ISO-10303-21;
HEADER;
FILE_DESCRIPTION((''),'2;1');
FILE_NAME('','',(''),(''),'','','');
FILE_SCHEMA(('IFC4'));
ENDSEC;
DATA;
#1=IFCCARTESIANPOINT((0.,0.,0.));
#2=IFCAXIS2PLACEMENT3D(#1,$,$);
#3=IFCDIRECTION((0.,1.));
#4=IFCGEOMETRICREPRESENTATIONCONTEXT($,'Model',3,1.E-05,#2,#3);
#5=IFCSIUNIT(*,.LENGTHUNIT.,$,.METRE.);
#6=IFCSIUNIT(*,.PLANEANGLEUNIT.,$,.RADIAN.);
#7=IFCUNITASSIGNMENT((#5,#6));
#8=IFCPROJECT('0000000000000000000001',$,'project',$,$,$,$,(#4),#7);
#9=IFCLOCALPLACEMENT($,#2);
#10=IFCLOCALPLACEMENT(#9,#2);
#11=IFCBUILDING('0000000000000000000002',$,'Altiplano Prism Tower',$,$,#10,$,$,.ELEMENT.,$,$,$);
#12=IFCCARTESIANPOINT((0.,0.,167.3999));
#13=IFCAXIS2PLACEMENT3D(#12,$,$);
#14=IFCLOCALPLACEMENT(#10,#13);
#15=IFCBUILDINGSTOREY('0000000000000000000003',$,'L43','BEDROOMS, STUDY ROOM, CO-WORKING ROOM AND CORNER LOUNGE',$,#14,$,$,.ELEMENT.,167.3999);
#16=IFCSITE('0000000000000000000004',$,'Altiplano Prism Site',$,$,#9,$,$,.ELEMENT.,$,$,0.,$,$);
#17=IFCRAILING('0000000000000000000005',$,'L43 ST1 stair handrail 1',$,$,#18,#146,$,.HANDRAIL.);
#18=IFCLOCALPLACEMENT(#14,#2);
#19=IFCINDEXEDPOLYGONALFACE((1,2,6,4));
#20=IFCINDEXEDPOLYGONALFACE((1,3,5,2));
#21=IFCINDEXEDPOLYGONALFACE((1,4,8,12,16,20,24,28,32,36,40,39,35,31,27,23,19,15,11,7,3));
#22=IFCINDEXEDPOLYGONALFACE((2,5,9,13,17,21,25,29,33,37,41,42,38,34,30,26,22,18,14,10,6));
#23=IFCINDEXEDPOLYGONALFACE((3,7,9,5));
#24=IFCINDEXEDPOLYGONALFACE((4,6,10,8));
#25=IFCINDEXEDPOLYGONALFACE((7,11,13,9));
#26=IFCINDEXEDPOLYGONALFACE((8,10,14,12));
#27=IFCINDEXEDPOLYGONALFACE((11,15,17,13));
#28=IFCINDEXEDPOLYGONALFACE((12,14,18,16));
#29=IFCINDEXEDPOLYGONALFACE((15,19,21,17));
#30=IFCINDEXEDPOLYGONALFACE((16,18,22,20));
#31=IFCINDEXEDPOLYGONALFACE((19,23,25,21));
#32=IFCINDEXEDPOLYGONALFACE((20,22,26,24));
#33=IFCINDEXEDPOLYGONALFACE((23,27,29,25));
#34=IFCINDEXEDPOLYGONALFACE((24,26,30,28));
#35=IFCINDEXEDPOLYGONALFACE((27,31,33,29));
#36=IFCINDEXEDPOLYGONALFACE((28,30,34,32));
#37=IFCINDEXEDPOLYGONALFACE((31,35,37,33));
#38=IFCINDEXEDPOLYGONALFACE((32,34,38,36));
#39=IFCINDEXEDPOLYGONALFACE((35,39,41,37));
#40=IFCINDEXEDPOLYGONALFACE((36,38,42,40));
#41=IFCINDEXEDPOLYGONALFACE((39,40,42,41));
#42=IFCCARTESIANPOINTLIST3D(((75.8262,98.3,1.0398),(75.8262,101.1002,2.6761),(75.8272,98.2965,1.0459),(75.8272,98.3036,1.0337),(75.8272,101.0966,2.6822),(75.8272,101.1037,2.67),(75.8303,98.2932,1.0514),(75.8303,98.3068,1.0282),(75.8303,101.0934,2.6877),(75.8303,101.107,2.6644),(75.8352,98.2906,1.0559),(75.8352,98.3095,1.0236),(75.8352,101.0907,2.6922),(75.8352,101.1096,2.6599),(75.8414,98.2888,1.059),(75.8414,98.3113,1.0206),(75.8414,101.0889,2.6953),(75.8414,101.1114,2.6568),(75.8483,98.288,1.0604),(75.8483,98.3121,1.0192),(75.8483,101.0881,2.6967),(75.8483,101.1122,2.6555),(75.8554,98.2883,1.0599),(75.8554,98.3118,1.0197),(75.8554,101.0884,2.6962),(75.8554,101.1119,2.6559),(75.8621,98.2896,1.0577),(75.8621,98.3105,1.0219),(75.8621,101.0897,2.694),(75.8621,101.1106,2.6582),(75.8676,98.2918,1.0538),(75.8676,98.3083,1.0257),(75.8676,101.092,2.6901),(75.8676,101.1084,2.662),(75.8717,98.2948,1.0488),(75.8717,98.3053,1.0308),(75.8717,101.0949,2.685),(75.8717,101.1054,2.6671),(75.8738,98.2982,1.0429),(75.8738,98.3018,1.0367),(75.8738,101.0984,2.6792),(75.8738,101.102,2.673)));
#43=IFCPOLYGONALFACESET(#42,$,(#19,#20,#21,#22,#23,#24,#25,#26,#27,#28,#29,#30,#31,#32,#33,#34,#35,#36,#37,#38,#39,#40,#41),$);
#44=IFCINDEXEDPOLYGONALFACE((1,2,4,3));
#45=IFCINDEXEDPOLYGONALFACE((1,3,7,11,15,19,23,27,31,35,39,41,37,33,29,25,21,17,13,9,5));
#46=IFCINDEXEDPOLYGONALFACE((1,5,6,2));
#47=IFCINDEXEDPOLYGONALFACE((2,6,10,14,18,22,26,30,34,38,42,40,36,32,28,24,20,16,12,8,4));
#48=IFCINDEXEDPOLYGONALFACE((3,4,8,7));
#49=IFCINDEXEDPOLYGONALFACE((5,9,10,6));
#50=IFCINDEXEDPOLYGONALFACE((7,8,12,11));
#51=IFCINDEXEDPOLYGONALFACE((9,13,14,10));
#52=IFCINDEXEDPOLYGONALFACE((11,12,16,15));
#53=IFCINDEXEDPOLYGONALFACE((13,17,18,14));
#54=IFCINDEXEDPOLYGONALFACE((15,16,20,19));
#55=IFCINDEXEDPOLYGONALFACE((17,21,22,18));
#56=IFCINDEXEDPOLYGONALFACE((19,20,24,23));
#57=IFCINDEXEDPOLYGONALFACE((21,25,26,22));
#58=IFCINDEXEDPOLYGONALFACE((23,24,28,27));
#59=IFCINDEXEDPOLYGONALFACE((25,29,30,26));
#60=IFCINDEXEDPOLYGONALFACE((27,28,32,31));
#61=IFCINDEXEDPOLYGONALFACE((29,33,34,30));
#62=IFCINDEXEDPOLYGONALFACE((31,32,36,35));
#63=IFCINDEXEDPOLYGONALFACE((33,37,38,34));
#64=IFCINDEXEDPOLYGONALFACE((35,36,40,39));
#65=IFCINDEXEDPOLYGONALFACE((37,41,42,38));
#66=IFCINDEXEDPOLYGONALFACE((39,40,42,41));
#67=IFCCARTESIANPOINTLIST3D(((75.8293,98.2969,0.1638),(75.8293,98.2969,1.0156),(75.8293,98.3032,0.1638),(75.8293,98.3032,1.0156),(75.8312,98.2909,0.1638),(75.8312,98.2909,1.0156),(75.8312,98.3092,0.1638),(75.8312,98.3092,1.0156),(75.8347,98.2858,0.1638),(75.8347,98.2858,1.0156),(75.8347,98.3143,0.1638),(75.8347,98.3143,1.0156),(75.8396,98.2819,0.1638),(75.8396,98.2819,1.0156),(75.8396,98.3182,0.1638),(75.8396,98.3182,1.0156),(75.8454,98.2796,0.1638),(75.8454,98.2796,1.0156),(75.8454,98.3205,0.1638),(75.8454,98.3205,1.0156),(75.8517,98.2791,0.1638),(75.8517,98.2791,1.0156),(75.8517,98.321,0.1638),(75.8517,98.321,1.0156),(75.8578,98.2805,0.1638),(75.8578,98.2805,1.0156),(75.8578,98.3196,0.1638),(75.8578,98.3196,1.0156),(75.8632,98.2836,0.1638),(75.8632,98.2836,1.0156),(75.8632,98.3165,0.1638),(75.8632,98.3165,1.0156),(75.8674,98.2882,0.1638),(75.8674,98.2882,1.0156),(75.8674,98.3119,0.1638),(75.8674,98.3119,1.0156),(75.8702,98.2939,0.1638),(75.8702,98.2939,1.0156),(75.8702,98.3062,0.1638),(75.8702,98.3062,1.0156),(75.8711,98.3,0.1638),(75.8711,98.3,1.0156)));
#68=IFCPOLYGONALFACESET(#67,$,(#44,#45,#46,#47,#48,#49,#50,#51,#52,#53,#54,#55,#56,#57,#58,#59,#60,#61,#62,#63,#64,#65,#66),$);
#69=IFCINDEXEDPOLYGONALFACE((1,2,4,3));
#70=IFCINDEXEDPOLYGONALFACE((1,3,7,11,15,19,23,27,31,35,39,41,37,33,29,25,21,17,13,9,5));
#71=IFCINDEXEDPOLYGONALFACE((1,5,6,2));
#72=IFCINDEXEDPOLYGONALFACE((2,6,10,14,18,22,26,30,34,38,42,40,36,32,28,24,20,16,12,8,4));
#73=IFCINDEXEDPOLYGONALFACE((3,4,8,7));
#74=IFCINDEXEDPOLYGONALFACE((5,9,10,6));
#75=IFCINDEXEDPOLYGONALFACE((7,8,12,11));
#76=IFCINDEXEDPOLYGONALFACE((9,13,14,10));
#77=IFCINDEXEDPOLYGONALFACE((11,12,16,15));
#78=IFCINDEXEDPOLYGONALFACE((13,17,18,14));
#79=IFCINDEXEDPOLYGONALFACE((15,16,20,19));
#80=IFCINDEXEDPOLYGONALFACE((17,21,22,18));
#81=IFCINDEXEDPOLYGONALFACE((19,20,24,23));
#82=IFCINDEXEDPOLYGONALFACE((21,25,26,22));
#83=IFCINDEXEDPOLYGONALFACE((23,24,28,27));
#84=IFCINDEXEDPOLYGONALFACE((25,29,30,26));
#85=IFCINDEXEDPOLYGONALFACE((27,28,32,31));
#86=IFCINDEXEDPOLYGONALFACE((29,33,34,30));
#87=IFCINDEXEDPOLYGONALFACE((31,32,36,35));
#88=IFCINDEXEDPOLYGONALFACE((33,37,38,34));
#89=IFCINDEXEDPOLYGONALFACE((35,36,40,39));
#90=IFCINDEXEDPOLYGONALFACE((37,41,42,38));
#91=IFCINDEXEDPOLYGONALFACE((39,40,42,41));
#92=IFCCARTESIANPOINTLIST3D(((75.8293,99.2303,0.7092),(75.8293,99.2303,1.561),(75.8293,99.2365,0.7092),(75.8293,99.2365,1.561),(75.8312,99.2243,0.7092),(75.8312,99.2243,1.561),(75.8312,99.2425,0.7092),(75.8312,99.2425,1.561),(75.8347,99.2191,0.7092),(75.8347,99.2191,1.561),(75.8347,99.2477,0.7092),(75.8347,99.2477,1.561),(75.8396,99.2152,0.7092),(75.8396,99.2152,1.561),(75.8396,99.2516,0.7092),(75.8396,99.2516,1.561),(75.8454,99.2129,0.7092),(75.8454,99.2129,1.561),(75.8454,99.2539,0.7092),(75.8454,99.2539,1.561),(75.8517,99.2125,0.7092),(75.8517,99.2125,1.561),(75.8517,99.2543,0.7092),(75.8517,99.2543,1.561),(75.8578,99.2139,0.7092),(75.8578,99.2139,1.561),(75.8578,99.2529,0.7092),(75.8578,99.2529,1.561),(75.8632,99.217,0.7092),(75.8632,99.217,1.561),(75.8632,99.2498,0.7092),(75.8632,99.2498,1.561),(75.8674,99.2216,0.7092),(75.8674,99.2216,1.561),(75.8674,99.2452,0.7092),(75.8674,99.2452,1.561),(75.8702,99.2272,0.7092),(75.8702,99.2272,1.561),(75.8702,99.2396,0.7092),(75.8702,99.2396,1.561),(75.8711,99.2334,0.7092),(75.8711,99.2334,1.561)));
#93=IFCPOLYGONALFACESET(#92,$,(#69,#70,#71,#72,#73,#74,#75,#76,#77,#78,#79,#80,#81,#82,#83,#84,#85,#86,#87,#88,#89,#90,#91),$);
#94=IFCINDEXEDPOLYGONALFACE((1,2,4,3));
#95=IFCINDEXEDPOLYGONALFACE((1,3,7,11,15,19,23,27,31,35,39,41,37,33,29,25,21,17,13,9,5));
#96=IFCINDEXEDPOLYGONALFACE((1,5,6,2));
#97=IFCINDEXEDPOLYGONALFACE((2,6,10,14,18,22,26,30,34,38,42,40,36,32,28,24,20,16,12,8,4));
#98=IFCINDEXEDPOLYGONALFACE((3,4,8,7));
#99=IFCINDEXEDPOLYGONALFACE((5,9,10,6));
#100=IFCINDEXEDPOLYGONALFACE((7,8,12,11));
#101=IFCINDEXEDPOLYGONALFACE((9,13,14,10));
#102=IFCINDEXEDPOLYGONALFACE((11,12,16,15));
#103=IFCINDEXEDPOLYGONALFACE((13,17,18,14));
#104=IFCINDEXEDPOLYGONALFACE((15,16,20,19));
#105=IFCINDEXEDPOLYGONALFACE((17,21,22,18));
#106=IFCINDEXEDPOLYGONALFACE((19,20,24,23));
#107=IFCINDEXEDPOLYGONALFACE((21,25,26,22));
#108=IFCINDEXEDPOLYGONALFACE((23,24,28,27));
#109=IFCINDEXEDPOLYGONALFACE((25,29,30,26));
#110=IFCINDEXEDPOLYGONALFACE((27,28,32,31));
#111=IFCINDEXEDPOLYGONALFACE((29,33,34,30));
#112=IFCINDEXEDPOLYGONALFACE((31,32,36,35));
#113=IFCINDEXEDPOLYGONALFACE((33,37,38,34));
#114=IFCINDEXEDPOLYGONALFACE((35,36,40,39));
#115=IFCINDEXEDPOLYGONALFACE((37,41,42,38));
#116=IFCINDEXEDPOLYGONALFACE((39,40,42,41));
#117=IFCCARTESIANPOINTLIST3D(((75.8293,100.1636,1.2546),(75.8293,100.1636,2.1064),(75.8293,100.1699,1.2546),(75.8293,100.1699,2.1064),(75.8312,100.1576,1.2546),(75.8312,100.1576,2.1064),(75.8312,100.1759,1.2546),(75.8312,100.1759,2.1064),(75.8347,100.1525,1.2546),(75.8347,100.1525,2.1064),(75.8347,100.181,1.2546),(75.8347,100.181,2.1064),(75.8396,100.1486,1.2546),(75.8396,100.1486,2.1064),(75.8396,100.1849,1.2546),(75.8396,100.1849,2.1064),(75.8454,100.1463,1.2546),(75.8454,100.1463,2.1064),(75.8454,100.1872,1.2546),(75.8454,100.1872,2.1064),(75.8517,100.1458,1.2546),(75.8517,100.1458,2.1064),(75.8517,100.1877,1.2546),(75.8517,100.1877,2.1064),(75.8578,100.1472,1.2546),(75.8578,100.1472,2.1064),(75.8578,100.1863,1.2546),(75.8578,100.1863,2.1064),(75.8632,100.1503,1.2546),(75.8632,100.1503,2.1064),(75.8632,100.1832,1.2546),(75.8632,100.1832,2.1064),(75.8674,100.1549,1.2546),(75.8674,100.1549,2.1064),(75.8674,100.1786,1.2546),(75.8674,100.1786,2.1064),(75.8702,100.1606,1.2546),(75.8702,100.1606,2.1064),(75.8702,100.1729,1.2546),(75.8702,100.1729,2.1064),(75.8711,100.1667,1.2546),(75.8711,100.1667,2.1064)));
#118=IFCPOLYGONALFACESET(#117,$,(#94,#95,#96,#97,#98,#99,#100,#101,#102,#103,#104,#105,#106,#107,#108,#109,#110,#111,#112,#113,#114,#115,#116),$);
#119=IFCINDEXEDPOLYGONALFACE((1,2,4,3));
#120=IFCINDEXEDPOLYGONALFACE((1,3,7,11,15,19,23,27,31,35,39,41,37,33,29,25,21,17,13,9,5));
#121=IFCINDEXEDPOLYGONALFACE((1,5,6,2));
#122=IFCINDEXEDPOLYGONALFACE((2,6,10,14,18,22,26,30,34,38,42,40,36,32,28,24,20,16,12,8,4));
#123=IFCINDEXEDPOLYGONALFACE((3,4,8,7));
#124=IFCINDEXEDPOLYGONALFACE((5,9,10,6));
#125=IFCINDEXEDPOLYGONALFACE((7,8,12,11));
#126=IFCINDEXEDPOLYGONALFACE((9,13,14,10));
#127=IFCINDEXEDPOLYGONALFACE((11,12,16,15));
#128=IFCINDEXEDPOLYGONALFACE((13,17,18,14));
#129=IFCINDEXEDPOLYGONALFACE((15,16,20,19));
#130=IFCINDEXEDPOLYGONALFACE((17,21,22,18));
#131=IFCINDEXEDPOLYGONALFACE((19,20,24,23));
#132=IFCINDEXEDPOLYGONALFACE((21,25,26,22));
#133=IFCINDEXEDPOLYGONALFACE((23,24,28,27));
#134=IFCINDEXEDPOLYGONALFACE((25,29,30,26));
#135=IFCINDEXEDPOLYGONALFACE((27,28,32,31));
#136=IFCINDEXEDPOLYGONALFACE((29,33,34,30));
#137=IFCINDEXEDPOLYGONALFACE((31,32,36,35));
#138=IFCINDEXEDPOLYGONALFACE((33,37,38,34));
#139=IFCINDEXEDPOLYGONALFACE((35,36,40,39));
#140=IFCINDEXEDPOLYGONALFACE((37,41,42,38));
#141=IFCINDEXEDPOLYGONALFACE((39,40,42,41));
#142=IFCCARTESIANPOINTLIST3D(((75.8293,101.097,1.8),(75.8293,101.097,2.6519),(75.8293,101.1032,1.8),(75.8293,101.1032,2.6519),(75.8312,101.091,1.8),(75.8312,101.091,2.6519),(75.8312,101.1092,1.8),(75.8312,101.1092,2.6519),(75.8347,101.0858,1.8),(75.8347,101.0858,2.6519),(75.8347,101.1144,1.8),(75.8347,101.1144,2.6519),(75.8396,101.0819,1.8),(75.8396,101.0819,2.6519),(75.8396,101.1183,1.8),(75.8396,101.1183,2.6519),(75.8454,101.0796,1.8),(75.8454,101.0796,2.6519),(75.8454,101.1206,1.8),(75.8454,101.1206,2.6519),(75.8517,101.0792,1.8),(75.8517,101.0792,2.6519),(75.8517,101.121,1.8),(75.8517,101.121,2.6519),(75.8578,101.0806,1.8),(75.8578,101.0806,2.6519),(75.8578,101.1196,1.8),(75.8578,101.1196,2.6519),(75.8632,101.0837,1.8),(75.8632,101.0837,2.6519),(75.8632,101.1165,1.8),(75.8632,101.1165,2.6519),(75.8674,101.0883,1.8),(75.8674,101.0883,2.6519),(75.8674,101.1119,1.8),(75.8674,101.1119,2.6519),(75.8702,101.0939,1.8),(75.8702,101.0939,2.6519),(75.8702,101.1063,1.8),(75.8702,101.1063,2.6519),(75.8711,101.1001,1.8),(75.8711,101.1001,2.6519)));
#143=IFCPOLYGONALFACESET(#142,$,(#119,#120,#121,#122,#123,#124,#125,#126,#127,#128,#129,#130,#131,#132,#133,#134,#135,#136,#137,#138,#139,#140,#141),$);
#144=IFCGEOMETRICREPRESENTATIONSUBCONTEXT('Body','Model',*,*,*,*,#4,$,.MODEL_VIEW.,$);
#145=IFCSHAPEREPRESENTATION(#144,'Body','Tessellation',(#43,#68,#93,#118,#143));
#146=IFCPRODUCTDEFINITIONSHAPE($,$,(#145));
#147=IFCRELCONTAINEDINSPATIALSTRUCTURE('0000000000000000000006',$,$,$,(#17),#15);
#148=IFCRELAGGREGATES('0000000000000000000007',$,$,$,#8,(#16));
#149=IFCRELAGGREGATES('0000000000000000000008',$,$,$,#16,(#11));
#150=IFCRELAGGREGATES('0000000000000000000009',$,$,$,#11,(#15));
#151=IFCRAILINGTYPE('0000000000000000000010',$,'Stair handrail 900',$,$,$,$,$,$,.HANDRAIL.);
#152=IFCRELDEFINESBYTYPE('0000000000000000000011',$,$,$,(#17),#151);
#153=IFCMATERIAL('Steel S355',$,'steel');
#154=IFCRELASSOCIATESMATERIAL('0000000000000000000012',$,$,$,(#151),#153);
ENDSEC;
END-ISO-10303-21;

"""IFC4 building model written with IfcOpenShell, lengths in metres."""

from ifc_helpers import new_model, si_unit, direction, frame, origin, origin_2d, place, context, subcontext, project, spatial, circle, extrude, material, type_object, element, save


model = new_model("IFC4")

# Units and contexts
model_context = context("Model", 3, precision=1e-05, world=origin(), true_north=direction((0.0, 1.0)))
body_context = subcontext(model_context, "Body", "Model", "MODEL_VIEW")
ifc_project = project(units=[si_unit("LENGTHUNIT", "METRE"), si_unit("PLANEANGLEUNIT", "RADIAN")], contexts=[model_context])

# Site, building, storey
site_placement = place(None, origin())
site = spatial("IfcSite", under=ifc_project, at=site_placement, Name="Altiplano Prism Site", CompositionType="ELEMENT", RefElevation=0.0)
building_placement = place(site_placement, origin())
building = spatial("IfcBuilding", under=site, at=building_placement, Name="Altiplano Prism Tower", CompositionType="ELEMENT")
storey_placement = place(building_placement, frame((0.0, 0.0, 167.3999)))
storey = spatial("IfcBuildingStorey", under=building, at=storey_placement, Name="L43", Description="BEDROOMS, STUDY ROOM, CO-WORKING ROOM AND CORNER LOUNGE", CompositionType="ELEMENT", Elevation=167.3999)

# Railing
ifc_material_1 = material(Name="Steel S355", Category="steel")
railing_type_1 = type_object("IfcRailingType", Name="Stair handrail 900", PredefinedType="HANDRAIL", material=ifc_material_1)
railing_1_placement = place(storey_placement, frame((75.8501, 98.3, 0.1638)))
element("IfcRailing", 1, at=railing_1_placement, inside=storey, type_object=railing_type_1, Name="L43 ST1 stair handrail 1", PredefinedType="HANDRAIL", context=body_context, shape_type="SweptSolid", body=[
    extrude(circle(Radius=0.0239, at=origin_2d()), frame((0.0, 0.0, 0.876), z_axis=(0.0, 0.863394, 0.504531), x_axis=(-1.0, 0.0, 0.0)), (0.0, 0.0, 1.0), 3.2432),
    extrude(circle(Radius=0.021, at=origin_2d()), origin(), (0.0, 0.0, 1.0), 0.8518),
    extrude(circle(Radius=0.021, at=origin_2d()), frame((0.0, 0.9333, 0.5454)), (0.0, 0.0, 1.0), 0.8518),
    extrude(circle(Radius=0.021, at=origin_2d()), frame((0.0, 1.8667, 1.0908)), (0.0, 0.0, 1.0), 0.8518),
    extrude(circle(Radius=0.021, at=origin_2d()), frame((0.0, 2.8, 1.6362)), (0.0, 0.0, 1.0), 0.8518),
])

save(model, "model.ifc")
